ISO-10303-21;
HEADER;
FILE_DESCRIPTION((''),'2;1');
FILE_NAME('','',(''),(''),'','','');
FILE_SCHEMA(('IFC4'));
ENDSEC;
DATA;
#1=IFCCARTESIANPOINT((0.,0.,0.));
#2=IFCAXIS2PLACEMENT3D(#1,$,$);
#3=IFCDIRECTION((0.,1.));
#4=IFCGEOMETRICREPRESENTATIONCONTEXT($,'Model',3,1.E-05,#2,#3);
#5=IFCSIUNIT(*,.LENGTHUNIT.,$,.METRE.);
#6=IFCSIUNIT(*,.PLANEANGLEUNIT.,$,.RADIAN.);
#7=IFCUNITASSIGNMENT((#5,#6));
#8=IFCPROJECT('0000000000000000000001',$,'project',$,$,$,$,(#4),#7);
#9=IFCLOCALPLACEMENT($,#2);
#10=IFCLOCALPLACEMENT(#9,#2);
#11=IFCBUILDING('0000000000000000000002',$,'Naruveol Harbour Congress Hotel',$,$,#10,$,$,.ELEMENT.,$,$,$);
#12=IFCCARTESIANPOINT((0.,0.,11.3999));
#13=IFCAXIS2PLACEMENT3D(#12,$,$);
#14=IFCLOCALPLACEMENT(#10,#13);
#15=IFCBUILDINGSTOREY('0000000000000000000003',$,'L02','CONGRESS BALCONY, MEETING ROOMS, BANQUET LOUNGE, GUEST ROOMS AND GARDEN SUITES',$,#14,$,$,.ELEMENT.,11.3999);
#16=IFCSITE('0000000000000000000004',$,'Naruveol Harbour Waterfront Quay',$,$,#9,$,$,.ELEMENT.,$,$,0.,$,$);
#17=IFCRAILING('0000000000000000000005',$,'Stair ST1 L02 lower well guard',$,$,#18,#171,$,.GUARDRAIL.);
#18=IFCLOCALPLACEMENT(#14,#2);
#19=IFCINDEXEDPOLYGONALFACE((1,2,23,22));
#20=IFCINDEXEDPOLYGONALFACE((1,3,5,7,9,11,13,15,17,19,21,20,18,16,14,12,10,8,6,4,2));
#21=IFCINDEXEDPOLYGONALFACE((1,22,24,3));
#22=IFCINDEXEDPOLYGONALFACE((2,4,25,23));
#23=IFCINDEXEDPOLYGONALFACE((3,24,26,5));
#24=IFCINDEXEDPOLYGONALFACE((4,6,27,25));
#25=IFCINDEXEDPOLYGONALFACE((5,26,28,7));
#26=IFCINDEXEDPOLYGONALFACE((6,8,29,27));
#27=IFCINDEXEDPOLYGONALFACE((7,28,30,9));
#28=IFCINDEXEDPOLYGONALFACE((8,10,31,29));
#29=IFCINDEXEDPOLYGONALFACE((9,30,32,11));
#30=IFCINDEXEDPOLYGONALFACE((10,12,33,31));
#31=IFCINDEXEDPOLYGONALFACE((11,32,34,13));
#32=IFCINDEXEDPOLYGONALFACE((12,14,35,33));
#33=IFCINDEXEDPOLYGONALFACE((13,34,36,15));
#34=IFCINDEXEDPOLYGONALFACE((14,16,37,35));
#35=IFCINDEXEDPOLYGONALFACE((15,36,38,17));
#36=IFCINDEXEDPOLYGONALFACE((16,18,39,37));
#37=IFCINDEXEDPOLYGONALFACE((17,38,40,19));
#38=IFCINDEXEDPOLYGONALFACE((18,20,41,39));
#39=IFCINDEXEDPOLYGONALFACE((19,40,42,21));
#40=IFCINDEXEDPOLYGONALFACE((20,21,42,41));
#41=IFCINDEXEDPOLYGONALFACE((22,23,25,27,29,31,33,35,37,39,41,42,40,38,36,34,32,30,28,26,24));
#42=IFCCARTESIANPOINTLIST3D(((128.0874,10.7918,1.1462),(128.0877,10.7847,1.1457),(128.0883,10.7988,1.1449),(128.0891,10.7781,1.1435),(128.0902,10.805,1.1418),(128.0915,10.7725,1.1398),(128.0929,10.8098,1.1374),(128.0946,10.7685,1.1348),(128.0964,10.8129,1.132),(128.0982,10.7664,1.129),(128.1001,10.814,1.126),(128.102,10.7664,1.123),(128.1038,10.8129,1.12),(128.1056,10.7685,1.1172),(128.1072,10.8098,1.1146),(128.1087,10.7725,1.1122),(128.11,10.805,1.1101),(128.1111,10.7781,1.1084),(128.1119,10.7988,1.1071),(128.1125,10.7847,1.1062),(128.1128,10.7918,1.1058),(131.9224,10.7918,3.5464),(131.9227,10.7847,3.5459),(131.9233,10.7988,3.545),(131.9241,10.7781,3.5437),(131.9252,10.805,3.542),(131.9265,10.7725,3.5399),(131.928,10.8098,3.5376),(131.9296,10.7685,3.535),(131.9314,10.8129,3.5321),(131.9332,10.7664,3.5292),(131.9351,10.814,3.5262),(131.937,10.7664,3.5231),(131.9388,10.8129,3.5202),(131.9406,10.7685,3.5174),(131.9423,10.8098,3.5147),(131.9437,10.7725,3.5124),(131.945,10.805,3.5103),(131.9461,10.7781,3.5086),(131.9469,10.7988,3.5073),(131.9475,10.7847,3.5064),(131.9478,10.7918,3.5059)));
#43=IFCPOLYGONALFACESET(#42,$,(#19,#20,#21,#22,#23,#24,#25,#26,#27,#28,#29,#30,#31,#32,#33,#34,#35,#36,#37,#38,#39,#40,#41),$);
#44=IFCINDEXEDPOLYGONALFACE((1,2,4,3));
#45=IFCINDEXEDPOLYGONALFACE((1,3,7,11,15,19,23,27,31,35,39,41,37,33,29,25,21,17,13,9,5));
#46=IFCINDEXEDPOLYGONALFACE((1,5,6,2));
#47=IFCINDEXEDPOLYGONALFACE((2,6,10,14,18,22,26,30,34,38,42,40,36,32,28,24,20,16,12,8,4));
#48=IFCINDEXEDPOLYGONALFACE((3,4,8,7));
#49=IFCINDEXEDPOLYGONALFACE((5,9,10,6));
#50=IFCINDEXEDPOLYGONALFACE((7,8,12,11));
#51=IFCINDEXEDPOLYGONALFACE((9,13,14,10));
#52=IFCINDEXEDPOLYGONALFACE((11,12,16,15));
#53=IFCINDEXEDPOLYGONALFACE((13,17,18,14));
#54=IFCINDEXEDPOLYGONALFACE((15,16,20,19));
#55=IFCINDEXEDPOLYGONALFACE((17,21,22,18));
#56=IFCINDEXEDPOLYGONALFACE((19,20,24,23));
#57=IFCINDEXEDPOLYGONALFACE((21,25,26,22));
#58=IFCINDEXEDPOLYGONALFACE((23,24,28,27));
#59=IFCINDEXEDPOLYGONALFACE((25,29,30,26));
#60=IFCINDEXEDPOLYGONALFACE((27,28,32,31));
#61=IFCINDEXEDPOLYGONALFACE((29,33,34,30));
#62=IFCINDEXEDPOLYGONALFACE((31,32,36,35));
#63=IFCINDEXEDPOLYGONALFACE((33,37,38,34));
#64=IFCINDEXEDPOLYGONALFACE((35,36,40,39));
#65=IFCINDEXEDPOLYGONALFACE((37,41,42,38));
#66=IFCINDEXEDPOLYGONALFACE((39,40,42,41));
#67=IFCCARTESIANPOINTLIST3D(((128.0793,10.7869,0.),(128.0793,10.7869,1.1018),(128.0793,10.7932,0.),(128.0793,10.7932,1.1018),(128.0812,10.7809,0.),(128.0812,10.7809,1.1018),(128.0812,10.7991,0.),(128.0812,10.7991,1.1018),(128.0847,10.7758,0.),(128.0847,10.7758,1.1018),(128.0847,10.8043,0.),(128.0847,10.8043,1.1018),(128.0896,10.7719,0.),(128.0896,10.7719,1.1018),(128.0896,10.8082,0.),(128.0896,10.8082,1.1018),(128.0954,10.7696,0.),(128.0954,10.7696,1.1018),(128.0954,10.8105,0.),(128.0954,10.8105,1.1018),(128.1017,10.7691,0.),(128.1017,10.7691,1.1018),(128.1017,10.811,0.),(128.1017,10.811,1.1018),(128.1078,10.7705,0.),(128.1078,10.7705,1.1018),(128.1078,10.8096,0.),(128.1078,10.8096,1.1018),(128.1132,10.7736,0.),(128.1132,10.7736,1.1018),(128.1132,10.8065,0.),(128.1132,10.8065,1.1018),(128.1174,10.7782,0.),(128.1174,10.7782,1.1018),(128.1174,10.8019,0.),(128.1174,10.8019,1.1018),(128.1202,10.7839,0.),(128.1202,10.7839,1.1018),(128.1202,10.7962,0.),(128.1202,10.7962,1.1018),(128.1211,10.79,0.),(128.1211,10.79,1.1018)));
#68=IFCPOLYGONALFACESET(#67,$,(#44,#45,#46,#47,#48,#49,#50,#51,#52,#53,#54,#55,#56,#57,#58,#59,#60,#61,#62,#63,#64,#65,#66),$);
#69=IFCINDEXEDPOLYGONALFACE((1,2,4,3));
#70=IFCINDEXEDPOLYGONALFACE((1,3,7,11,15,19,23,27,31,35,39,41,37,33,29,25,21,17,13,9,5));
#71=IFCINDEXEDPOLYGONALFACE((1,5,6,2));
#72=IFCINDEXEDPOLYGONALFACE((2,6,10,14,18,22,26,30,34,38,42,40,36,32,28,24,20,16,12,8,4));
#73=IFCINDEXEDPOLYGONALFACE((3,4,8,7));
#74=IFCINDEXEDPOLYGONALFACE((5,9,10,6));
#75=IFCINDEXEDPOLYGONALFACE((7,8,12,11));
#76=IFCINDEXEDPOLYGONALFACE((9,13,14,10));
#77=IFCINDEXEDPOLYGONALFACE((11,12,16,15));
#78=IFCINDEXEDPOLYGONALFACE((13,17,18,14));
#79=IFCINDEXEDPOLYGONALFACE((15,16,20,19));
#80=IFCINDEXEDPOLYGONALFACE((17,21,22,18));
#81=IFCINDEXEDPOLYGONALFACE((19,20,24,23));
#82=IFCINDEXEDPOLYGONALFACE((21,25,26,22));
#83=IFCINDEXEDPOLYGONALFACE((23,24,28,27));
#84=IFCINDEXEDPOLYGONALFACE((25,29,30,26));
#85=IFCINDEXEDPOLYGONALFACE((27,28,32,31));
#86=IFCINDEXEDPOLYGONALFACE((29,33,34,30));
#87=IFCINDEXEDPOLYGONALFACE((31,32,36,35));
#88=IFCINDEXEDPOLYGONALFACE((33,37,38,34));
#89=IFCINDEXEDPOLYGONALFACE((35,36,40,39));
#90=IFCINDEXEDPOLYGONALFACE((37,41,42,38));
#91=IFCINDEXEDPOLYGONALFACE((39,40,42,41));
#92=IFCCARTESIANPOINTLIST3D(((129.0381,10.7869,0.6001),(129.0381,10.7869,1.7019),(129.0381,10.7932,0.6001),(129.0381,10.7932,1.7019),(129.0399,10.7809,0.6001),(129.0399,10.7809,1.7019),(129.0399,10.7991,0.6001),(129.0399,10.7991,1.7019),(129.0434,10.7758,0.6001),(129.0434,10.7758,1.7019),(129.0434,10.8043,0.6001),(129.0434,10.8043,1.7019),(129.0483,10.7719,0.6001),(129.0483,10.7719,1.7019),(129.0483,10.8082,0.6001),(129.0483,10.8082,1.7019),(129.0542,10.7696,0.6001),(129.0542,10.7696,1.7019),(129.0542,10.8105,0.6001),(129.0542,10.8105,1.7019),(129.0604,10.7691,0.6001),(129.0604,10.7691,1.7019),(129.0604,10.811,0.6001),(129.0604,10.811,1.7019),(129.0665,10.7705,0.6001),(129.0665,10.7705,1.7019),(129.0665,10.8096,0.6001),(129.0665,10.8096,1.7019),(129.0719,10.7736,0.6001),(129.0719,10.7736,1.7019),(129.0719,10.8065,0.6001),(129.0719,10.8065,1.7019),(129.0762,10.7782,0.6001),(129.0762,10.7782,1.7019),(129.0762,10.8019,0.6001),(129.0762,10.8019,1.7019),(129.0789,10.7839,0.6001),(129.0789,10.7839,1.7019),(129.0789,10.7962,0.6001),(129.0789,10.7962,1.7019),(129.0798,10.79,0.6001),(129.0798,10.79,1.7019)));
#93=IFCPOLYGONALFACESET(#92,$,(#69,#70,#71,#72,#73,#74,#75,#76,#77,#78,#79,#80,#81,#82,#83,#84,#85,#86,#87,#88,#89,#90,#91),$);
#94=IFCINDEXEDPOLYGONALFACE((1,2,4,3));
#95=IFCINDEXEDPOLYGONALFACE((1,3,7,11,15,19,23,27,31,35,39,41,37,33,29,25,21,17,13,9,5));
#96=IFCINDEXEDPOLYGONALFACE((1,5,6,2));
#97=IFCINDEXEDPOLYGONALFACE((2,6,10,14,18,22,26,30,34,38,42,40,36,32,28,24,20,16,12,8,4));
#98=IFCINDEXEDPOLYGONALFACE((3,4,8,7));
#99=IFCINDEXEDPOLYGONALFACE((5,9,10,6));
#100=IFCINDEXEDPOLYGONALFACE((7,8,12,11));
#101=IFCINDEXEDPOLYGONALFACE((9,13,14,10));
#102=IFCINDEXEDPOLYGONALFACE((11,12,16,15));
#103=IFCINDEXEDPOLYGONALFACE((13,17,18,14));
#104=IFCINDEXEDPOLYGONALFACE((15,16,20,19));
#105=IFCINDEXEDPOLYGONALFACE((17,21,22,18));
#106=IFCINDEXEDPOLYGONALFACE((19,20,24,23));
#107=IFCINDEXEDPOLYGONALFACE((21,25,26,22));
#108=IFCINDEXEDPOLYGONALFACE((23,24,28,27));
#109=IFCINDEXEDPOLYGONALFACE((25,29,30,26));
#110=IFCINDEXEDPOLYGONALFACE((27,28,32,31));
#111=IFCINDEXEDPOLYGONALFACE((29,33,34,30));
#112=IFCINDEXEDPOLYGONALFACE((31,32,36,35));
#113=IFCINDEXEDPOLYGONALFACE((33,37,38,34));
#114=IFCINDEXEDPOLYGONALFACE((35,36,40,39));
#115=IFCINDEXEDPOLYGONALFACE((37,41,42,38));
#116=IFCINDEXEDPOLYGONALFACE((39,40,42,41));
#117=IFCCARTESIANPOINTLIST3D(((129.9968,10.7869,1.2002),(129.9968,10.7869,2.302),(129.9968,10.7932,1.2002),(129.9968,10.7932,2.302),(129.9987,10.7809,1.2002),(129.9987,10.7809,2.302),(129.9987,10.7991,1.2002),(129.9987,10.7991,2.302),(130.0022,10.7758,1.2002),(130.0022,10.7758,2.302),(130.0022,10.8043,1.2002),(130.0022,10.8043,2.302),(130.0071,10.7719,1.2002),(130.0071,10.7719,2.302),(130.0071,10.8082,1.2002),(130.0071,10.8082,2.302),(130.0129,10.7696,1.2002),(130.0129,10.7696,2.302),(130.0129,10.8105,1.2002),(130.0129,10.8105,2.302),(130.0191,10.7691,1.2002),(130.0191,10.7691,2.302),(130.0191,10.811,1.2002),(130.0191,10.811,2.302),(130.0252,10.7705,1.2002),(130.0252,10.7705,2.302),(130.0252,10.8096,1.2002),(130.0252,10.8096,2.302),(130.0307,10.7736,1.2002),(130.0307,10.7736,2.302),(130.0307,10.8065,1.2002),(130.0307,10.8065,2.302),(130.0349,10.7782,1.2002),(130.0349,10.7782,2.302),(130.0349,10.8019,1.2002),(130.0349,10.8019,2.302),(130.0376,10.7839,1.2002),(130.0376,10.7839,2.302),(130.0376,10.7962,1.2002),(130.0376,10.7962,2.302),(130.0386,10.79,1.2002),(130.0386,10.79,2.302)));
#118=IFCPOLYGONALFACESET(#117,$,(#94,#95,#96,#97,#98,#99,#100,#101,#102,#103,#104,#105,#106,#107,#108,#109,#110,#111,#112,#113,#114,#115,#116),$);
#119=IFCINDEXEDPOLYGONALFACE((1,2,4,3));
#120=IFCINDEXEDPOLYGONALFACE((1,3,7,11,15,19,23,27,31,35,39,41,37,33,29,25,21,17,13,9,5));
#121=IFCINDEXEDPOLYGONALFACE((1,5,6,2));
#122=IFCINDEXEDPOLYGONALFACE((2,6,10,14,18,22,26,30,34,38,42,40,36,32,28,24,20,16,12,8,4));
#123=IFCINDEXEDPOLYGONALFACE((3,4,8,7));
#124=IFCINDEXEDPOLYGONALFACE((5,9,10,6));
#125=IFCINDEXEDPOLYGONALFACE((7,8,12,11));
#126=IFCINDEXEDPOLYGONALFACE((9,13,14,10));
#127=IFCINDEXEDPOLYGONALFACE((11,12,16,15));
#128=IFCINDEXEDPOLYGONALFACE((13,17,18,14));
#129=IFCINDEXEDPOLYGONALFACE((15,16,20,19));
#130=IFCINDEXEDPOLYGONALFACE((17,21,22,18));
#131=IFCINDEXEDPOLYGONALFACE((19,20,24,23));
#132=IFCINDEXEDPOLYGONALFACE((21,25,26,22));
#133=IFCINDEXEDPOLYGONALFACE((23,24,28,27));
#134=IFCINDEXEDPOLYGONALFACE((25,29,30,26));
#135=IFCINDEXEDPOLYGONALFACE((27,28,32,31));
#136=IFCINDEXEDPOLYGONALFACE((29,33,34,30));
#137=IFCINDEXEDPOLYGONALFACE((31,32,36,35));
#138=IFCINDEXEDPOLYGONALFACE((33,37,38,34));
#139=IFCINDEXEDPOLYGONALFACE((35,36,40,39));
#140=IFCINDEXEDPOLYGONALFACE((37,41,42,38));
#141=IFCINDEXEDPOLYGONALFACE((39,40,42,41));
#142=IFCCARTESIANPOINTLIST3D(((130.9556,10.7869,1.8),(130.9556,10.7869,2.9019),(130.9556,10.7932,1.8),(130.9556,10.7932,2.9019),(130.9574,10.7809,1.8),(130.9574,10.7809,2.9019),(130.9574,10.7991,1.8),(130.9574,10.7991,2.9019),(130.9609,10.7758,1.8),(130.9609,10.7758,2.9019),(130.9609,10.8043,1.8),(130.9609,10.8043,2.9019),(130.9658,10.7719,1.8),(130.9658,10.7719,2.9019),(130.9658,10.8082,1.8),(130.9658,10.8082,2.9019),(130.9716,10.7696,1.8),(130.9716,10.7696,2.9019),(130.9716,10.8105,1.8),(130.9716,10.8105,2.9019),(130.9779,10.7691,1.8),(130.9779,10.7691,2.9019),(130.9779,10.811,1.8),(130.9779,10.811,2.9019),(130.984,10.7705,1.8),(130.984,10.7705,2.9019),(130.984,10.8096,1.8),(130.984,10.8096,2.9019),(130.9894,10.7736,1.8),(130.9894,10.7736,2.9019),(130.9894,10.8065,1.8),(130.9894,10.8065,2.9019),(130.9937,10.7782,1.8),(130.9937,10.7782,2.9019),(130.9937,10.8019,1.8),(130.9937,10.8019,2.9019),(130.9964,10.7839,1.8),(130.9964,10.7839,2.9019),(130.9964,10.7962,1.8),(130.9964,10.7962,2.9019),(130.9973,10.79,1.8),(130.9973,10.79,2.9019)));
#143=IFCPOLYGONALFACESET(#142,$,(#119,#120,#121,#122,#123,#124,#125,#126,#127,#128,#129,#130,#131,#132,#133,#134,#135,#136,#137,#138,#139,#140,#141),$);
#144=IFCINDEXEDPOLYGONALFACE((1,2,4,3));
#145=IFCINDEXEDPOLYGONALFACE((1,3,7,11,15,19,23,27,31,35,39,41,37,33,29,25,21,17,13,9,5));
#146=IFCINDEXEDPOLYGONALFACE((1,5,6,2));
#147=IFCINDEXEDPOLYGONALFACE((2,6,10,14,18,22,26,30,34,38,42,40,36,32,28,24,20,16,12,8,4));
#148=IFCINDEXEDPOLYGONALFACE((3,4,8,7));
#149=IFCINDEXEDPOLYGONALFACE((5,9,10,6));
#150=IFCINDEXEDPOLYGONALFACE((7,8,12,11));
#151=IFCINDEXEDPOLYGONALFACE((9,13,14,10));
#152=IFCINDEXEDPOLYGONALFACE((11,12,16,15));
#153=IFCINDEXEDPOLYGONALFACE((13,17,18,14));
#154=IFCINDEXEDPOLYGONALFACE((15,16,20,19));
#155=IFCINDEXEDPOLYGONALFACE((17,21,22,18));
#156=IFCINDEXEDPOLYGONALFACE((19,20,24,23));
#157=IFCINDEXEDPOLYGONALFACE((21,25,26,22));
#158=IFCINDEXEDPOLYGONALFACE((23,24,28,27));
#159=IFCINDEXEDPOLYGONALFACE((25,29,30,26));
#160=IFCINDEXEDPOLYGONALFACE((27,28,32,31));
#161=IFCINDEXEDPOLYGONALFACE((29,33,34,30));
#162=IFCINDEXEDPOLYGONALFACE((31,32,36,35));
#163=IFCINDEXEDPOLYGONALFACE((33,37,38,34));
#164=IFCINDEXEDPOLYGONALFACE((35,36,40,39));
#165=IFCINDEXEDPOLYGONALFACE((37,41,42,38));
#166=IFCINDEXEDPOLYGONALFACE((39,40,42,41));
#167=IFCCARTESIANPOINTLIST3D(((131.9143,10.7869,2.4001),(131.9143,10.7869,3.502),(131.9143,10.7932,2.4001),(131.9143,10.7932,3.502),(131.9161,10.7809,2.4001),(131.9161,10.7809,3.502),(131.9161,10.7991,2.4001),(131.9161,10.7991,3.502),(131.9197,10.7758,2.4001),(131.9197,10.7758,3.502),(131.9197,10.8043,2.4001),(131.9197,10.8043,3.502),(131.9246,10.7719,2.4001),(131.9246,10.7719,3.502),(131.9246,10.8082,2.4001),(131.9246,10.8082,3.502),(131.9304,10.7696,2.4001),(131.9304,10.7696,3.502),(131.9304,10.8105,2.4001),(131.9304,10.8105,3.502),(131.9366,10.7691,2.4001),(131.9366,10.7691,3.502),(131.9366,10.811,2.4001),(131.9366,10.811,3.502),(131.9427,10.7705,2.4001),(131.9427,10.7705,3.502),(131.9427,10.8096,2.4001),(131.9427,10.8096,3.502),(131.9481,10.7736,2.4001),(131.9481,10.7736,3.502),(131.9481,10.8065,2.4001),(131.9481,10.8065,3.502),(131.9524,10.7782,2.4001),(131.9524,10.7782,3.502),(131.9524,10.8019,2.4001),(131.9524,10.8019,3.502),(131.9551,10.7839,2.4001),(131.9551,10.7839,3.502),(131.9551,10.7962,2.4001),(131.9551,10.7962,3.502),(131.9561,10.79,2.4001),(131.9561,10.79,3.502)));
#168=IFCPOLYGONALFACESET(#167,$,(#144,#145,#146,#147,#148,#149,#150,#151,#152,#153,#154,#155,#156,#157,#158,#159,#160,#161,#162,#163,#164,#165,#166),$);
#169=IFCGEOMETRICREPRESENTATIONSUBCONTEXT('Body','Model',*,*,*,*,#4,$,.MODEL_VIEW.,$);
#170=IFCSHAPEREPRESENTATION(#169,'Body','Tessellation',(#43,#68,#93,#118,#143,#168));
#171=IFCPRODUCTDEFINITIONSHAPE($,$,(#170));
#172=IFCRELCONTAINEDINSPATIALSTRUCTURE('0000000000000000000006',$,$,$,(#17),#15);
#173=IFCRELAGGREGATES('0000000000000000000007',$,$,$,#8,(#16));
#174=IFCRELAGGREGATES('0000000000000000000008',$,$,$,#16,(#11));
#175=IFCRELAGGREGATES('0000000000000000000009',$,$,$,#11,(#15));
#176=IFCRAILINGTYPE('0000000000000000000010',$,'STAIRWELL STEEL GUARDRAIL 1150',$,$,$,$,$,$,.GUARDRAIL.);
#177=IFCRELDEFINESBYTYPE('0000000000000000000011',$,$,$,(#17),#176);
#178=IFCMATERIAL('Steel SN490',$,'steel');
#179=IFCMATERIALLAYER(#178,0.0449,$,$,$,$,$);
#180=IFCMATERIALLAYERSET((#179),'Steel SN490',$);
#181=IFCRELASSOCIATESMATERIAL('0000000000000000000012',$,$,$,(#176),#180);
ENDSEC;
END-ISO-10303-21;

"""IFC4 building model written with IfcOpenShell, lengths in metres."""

from ifc_helpers import new_model, si_unit, direction, frame, origin, origin_2d, place, context, subcontext, project, spatial, circle, extrude, material, layer, layer_set, type_object, element, save


model = new_model("IFC4")

# Units and contexts
model_context = context("Model", 3, precision=1e-05, world=origin(), true_north=direction((0.0, 1.0)))
body_context = subcontext(model_context, "Body", "Model", "MODEL_VIEW")
ifc_project = project(units=[si_unit("LENGTHUNIT", "METRE"), si_unit("PLANEANGLEUNIT", "RADIAN")], contexts=[model_context])

# Site, building, storey
site_placement = place(None, origin())
site = spatial("IfcSite", under=ifc_project, at=site_placement, Name="Naruveol Harbour Waterfront Quay", CompositionType="ELEMENT", RefElevation=0.0)
building_placement = place(site_placement, origin())
building = spatial("IfcBuilding", under=site, at=building_placement, Name="Naruveol Harbour Congress Hotel", CompositionType="ELEMENT")
storey_placement = place(building_placement, frame((0.0, 0.0, 11.3999)))
storey = spatial("IfcBuildingStorey", under=building, at=storey_placement, Name="L02", Description="CONGRESS BALCONY, MEETING ROOMS, BANQUET LOUNGE, GUEST ROOMS AND GARDEN SUITES", CompositionType="ELEMENT", Elevation=11.3999)

# Railing
ifc_material_1 = material(Name="Steel SN490", Category="steel")
ifc_layer_1 = layer(ifc_material_1, 0.0449)
ifc_layer_set_1 = layer_set([ifc_layer_1], Name="Steel SN490")
railing_type_1 = type_object("IfcRailingType", Name="STAIRWELL STEEL GUARDRAIL 1150", PredefinedType="GUARDRAIL", material=ifc_layer_set_1)
railing_1_placement = place(storey_placement, frame((128.1001, 10.79, 0.0)))
element("IfcRailing", 1, at=railing_1_placement, inside=storey, type_object=railing_type_1, Name="Stair ST1 L02 lower well guard", PredefinedType="GUARDRAIL", context=body_context, shape_type="SweptSolid", body=[
    extrude(circle(Radius=0.0239, at=origin_2d()), frame((0.0, 0.0, 1.126), z_axis=(0.847671, 0.0, 0.530523), x_axis=(0.0, 1.0, 0.0)), (0.0, 0.0, 1.0), 4.5242),
    extrude(circle(Radius=0.021, at=origin_2d()), origin(), (0.0, 0.0, 1.0), 1.1018),
    extrude(circle(Radius=0.021, at=origin_2d()), frame((0.9587, 0.0, 0.6001)), (0.0, 0.0, 1.0), 1.1018),
    extrude(circle(Radius=0.021, at=origin_2d()), frame((1.9175, 0.0, 1.2002)), (0.0, 0.0, 1.0), 1.1018),
    extrude(circle(Radius=0.021, at=origin_2d()), frame((2.8762, 0.0, 1.8)), (0.0, 0.0, 1.0), 1.1018),
    extrude(circle(Radius=0.021, at=origin_2d()), frame((3.835, 0.0, 2.4001)), (0.0, 0.0, 1.0), 1.1018),
])

save(model, "model.ifc")
